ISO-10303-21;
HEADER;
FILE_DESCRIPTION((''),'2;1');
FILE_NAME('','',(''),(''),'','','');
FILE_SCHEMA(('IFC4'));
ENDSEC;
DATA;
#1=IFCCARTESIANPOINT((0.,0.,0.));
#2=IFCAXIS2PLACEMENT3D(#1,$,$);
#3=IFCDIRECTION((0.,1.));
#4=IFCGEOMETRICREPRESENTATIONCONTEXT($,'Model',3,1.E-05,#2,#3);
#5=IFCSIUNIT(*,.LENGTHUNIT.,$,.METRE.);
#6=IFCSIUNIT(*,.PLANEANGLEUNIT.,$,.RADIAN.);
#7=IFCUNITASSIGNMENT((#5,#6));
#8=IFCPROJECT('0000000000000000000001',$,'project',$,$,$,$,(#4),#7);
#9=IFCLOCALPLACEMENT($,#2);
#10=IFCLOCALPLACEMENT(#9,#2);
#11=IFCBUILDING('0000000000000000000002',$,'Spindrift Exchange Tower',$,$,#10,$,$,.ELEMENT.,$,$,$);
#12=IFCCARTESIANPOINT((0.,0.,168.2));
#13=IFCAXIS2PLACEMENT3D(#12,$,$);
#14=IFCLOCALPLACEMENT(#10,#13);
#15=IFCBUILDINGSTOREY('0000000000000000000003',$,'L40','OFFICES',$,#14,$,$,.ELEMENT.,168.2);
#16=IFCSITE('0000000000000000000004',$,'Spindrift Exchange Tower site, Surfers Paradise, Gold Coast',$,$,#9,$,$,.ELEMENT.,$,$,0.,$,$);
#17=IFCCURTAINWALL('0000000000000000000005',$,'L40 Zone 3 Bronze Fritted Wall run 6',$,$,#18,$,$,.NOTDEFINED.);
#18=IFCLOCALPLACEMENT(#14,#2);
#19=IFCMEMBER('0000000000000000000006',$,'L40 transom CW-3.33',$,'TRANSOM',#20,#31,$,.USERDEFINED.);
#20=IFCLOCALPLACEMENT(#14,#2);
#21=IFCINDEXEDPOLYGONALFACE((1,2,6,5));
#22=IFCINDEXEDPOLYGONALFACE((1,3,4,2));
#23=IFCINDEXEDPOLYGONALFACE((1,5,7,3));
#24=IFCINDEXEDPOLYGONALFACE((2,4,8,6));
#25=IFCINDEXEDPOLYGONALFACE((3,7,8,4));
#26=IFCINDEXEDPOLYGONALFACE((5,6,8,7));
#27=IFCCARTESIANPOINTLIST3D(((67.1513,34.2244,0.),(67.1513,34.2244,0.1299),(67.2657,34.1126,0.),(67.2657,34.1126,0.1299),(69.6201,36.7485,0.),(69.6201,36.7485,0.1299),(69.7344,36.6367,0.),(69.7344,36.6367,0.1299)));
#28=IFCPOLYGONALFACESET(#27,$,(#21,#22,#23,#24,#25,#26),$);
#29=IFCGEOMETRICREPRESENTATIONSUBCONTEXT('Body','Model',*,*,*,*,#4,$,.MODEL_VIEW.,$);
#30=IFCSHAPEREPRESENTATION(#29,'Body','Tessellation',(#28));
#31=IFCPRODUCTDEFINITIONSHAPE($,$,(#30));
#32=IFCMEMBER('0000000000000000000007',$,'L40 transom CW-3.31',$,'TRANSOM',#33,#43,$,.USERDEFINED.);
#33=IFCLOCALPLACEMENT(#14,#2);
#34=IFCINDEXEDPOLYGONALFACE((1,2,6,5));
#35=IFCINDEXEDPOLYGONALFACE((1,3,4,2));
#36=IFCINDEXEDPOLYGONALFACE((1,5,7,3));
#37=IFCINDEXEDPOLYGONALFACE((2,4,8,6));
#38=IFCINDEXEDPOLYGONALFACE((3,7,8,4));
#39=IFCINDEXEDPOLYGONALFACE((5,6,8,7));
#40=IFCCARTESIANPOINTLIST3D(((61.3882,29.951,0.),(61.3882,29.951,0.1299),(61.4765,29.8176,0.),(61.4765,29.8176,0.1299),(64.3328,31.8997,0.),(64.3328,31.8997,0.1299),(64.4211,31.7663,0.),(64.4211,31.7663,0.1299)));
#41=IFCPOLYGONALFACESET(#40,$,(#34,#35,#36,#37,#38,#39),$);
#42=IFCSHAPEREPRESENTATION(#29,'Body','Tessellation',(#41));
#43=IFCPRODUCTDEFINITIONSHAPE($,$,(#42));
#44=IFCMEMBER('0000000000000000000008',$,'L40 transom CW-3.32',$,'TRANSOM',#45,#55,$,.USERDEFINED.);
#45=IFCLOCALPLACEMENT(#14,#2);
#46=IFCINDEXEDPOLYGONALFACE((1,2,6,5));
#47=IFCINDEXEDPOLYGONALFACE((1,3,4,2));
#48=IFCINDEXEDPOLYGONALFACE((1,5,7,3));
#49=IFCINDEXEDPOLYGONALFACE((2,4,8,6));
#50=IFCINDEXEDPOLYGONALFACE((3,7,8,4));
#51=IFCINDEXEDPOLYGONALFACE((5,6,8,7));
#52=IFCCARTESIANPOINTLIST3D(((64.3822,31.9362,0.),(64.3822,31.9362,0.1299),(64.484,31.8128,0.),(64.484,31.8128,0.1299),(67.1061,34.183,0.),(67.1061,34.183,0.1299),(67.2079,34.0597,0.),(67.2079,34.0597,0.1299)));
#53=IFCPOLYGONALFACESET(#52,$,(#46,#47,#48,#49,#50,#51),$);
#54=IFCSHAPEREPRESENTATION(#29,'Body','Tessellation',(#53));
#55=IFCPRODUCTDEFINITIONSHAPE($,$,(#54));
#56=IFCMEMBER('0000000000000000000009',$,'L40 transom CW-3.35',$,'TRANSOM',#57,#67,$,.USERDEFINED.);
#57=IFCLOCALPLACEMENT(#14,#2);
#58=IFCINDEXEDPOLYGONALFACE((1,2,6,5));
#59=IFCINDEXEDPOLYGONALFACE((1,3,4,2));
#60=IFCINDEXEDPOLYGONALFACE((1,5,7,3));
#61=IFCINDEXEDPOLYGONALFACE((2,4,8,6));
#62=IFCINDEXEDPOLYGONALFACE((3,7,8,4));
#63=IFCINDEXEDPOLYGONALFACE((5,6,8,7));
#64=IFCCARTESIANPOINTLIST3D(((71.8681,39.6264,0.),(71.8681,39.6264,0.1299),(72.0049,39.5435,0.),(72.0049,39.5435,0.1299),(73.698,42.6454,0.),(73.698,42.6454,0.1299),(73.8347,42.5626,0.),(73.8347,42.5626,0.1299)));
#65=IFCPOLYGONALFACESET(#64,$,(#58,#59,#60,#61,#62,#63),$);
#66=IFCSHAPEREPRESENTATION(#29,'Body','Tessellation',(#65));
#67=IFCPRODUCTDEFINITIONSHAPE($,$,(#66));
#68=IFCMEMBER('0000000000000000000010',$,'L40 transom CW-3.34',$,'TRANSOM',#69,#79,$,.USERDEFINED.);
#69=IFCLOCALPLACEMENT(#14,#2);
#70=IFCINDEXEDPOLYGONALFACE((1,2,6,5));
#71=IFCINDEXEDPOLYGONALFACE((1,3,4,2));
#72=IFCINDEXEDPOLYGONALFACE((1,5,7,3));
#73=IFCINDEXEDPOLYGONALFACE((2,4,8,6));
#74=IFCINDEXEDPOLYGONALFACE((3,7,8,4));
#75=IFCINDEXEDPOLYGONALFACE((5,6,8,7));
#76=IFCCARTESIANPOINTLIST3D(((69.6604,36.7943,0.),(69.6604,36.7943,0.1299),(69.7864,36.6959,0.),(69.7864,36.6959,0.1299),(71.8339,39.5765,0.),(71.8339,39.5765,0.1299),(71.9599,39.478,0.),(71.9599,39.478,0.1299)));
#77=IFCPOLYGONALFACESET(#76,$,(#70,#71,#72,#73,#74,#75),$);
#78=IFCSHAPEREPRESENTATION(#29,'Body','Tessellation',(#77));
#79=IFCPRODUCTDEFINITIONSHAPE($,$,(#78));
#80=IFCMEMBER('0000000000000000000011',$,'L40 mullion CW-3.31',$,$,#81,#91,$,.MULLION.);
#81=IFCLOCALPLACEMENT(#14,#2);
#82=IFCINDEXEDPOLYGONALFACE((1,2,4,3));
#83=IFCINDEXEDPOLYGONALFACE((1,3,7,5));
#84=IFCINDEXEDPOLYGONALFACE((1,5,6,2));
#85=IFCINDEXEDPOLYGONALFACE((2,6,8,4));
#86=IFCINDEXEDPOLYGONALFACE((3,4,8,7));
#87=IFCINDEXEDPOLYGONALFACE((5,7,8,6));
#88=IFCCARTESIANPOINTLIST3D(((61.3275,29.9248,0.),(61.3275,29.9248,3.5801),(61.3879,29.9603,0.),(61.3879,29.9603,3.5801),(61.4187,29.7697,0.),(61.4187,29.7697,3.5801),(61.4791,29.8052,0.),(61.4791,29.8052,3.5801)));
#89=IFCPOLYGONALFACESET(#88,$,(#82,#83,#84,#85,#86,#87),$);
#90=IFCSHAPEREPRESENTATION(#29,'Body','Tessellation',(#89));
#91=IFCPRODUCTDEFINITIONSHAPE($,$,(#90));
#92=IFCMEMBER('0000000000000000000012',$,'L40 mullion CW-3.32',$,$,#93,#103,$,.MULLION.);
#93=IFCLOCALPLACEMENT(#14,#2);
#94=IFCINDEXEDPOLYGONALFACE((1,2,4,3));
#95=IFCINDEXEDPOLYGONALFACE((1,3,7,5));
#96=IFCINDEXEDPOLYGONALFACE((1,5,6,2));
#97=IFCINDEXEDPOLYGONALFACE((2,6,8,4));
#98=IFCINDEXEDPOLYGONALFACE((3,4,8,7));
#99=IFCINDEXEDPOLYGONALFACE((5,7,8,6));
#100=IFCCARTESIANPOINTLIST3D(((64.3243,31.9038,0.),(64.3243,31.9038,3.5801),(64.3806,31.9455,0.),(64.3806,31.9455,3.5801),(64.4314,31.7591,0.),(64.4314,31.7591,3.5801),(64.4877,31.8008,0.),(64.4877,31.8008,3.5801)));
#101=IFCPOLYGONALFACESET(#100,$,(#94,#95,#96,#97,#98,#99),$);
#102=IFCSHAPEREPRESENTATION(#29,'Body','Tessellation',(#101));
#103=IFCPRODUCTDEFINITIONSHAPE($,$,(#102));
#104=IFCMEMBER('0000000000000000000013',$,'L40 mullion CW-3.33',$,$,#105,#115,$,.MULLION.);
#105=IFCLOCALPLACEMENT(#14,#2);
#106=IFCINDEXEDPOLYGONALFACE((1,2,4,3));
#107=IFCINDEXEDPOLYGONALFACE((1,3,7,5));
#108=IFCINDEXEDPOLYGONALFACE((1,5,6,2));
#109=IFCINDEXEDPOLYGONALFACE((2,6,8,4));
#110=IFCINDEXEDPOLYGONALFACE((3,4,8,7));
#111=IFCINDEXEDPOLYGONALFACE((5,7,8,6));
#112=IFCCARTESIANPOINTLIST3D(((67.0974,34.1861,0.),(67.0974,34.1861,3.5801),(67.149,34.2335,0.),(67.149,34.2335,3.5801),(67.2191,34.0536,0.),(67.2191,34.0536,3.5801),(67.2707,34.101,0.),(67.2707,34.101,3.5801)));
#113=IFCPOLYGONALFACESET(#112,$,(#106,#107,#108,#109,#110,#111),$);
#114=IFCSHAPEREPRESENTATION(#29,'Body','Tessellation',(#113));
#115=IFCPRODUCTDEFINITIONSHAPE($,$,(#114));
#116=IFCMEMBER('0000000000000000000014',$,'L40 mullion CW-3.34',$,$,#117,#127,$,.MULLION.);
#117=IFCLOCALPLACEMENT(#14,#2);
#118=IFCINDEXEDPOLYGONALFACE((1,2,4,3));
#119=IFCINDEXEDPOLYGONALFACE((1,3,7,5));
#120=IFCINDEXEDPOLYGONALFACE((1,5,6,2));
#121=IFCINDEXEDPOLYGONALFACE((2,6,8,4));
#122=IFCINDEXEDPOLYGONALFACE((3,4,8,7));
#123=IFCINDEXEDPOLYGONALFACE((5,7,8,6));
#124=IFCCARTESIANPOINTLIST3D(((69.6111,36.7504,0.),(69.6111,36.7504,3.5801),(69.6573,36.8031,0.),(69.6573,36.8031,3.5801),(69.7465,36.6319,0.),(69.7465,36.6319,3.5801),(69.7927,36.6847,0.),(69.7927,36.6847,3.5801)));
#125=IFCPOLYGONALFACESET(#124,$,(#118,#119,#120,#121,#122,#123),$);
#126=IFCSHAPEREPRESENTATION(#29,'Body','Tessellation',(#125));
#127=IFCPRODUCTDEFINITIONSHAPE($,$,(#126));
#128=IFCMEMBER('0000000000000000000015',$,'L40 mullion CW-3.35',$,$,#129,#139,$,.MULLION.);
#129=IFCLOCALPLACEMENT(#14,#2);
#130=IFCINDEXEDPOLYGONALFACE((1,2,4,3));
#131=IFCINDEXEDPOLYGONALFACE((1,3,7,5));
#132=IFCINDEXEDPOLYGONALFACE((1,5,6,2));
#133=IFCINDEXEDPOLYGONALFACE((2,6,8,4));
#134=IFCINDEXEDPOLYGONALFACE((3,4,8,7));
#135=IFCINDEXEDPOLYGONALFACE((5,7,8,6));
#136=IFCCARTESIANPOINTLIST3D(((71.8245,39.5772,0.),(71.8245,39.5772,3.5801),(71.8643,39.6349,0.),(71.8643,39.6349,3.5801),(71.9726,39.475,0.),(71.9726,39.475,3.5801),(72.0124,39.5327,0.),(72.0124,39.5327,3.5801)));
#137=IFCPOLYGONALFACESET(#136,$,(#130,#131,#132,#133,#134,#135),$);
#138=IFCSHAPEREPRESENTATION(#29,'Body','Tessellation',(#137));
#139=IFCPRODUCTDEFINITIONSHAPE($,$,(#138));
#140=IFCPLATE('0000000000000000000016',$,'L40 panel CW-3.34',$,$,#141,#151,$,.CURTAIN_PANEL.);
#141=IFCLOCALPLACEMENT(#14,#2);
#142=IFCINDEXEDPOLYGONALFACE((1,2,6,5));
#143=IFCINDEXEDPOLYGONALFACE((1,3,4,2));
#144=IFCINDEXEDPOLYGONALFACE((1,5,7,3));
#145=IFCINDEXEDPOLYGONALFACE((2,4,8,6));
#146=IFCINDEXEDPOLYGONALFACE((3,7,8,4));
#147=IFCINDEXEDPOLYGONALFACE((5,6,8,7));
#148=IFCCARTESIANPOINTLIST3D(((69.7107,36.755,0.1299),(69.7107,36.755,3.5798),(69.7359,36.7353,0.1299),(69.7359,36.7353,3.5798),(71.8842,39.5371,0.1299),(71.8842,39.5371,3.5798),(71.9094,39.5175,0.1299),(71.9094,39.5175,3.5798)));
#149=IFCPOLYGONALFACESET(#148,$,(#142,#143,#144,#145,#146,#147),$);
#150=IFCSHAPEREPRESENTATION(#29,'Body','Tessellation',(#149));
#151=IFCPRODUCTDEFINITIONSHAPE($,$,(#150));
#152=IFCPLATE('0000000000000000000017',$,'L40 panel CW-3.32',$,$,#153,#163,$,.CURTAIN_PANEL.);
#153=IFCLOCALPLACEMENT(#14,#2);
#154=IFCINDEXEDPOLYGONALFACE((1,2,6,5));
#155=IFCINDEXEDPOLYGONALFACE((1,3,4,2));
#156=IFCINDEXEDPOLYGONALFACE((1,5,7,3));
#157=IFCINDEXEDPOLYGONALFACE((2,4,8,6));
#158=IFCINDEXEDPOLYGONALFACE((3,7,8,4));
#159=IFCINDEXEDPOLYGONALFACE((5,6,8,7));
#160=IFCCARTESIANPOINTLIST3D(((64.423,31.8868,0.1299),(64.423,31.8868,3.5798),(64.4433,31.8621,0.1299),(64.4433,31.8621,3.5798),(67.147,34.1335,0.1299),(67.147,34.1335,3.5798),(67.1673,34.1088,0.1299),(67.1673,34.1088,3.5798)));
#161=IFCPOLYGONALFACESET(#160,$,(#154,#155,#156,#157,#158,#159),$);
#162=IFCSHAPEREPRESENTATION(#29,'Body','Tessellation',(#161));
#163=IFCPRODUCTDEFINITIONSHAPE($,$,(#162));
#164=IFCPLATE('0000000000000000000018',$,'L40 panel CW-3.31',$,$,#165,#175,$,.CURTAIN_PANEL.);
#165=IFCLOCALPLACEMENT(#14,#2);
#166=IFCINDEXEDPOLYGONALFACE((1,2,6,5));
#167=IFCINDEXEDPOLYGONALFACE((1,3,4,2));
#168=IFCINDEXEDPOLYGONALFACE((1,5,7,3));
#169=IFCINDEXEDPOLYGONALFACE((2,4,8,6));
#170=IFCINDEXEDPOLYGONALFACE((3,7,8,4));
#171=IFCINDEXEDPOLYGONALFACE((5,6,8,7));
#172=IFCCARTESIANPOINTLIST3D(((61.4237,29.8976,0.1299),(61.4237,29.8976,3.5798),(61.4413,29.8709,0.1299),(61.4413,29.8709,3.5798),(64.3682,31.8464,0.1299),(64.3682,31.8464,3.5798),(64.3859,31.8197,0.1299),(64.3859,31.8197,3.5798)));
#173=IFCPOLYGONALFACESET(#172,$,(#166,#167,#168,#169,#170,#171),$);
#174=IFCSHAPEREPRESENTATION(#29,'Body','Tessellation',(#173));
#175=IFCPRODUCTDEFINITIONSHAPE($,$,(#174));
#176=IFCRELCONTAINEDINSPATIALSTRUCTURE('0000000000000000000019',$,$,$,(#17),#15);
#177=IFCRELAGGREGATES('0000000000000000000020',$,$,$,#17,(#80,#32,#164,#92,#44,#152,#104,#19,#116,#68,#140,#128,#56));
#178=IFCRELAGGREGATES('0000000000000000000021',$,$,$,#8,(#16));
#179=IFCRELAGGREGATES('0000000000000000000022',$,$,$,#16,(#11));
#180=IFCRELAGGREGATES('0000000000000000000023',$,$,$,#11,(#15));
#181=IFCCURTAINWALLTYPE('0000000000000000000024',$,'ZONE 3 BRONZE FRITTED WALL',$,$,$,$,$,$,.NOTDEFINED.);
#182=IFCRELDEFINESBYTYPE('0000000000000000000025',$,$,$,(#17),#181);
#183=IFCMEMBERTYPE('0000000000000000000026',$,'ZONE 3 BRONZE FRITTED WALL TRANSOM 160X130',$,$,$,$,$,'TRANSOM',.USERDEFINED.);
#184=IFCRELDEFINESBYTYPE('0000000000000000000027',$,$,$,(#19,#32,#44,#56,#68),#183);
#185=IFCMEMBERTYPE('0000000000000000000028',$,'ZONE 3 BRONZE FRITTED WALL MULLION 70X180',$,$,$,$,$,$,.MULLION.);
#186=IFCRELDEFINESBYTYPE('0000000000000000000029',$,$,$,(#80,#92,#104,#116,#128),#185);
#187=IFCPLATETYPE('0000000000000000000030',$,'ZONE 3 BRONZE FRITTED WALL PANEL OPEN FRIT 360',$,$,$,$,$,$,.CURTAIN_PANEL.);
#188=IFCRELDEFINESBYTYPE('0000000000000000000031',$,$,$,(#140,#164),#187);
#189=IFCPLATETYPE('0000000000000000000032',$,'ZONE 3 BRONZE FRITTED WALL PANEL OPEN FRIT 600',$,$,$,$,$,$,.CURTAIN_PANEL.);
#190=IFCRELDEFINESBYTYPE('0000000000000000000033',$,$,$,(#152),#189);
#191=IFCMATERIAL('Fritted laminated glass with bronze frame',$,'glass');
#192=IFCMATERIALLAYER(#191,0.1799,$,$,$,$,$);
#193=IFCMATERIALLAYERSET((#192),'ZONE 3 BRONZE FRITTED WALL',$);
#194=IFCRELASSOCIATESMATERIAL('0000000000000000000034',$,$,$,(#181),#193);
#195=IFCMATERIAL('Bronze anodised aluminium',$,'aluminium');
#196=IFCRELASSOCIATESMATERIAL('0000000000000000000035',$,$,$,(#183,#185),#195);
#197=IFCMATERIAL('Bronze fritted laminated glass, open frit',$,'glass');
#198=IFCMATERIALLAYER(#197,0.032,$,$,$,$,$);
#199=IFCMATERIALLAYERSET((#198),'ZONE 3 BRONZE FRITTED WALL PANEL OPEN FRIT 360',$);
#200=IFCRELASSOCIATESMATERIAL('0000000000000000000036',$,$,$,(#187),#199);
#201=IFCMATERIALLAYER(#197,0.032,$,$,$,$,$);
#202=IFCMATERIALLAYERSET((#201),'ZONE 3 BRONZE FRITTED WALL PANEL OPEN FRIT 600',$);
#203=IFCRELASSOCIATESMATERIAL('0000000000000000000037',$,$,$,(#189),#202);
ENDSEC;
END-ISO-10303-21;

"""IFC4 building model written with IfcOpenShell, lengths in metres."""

from ifc_helpers import new_model, si_unit, direction, frame, origin, origin_2d, place, context, subcontext, project, spatial, rectangle, extrude, source, transform, mapped, material, layer, layer_set, material_profile, profile_set, type_object, element, aggregate, save


model = new_model("IFC4")

# Units and contexts
model_context = context("Model", 3, precision=1e-05, world=origin(), true_north=direction((0.0, 1.0)))
body_context = subcontext(model_context, "Body", "Model", "MODEL_VIEW")
ifc_project = project(units=[si_unit("LENGTHUNIT", "METRE"), si_unit("PLANEANGLEUNIT", "RADIAN")], contexts=[model_context])

# Site, building, storey
site_placement = place(None, origin())
site = spatial("IfcSite", under=ifc_project, at=site_placement, Name="Spindrift Exchange Tower site, Surfers Paradise, Gold Coast", CompositionType="ELEMENT", RefElevation=0.0)
building_placement = place(site_placement, origin())
building = spatial("IfcBuilding", under=site, at=building_placement, Name="Spindrift Exchange Tower", CompositionType="ELEMENT")
storey_placement = place(building_placement, frame((0.0, 0.0, 168.2)))
storey = spatial("IfcBuildingStorey", under=building, at=storey_placement, Name="L40", Description="OFFICES", CompositionType="ELEMENT", Elevation=168.2)

# Curtain wall, members, plates
ifc_material_1 = material(Name="Fritted laminated glass with bronze frame", Category="glass")
ifc_layer_1 = layer(ifc_material_1, 0.1799)
ifc_layer_set_1 = layer_set([ifc_layer_1], Name="ZONE 3 BRONZE FRITTED WALL")
curtain_wall_type = type_object("IfcCurtainWallType", Name="ZONE 3 BRONZE FRITTED WALL", PredefinedType="NOTDEFINED", material=ifc_layer_set_1)
curtain_wall_placement = place(storey_placement, origin())
curtain_wall = element("IfcCurtainWall", 1, at=curtain_wall_placement, inside=storey, type_object=curtain_wall_type, Name="L40 Zone 3 Bronze Fritted Wall run 6", PredefinedType="NOTDEFINED")
ifc_material_2 = material(Name="Bronze anodised aluminium", Category="aluminium")
ifc_material_profile_1 = material_profile(ifc_material_2, rectangle(XDim=0.1599, YDim=0.1299, at=origin_2d()), Name="ZONE 3 BRONZE FRITTED WALL TRANSOM 160X130")
ifc_profile_set_1 = profile_set([ifc_material_profile_1], Name="Bronze anodised aluminium")
member_type_1 = type_object("IfcMemberType", Name="ZONE 3 BRONZE FRITTED WALL TRANSOM 160X130", ElementType="TRANSOM", PredefinedType="USERDEFINED", material=ifc_profile_set_1)
shared_shape_1 = source(origin(), body_context, "Body", "SweptSolid", [
    extrude(rectangle(XDim=0.1599, YDim=0.1299, at=origin_2d()), origin(), (0.0, 0.0, 1.0), 3.5308),
])
member_1_placement = place(storey_placement, frame((67.2085, 34.1685, 0.0649), z_axis=(0.699215, 0.714911, 0.0), x_axis=(-0.714911, 0.699215, 0.0)))
member_1 = element("IfcMember", 2, at=member_1_placement, type_object=member_type_1, Name="L40 transom CW-3.33", ObjectType="TRANSOM", PredefinedType="USERDEFINED", context=body_context, shape_type="MappedRepresentation", body=[
    mapped(shared_shape_1, transform((0.0, 0.0, 0.0), scale=1.0)),
])
shared_shape_2 = source(origin(), body_context, "Body", "SweptSolid", [
    extrude(rectangle(XDim=0.1599, YDim=0.1299, at=origin_2d()), origin(), (0.0, 0.0, 1.0), 3.531),
])
member_2_placement = place(storey_placement, frame((61.4324, 29.8843, 0.0649), z_axis=(0.833918, 0.551889, 0.0), x_axis=(-0.551889, 0.833918, 0.0)))
member_2 = element("IfcMember", 3, at=member_2_placement, type_object=member_type_1, Name="L40 transom CW-3.31", ObjectType="TRANSOM", PredefinedType="USERDEFINED", context=body_context, shape_type="MappedRepresentation", body=[
    mapped(shared_shape_2, transform((0.0, 0.0, 0.0), scale=1.0)),
])
member_3_placement = place(storey_placement, frame((64.4331, 31.8745, 0.0649), z_axis=(0.771425, 0.63632, 0.0), x_axis=(-0.63632, 0.771425, 0.0)))
member_3 = element("IfcMember", 4, at=member_3_placement, type_object=member_type_1, Name="L40 transom CW-3.32", ObjectType="TRANSOM", PredefinedType="USERDEFINED", context=body_context, shape_type="MappedRepresentation", body=[
    mapped(shared_shape_2, transform((0.0, 0.0, 0.0), scale=1.0)),
])
shared_shape_3 = source(origin(), body_context, "Body", "SweptSolid", [
    extrude(rectangle(XDim=0.1599, YDim=0.1299, at=origin_2d()), origin(), (0.0, 0.0, 1.0), 3.5303),
])
member_4_placement = place(storey_placement, frame((71.9365, 39.585, 0.0649), z_axis=(0.518325, 0.855184, 0.0), x_axis=(-0.855184, 0.518325, 0.0)))
member_4 = element("IfcMember", 5, at=member_4_placement, type_object=member_type_1, Name="L40 transom CW-3.35", ObjectType="TRANSOM", PredefinedType="USERDEFINED", context=body_context, shape_type="MappedRepresentation", body=[
    mapped(shared_shape_3, transform((0.0, 0.0, 0.0), scale=1.0)),
])
shared_shape_4 = source(origin(), body_context, "Body", "SweptSolid", [
    extrude(rectangle(XDim=0.1599, YDim=0.1299, at=origin_2d()), origin(), (0.0, 0.0, 1.0), 3.5305),
])
member_5_placement = place(storey_placement, frame((69.7234, 36.7451, 0.0649), z_axis=(0.615639, 0.788029, 0.0), x_axis=(-0.788029, 0.615639, 0.0)))
member_5 = element("IfcMember", 6, at=member_5_placement, type_object=member_type_1, Name="L40 transom CW-3.34", ObjectType="TRANSOM", PredefinedType="USERDEFINED", context=body_context, shape_type="MappedRepresentation", body=[
    mapped(shared_shape_4, transform((0.0, 0.0, 0.0), scale=1.0)),
])
ifc_material_profile_2 = material_profile(ifc_material_2, rectangle(XDim=0.0701, YDim=0.1799, at=origin_2d()), Name="ZONE 3 BRONZE FRITTED WALL MULLION 70X180")
ifc_profile_set_2 = profile_set([ifc_material_profile_2], Name="Bronze anodised aluminium")
member_type_2 = type_object("IfcMemberType", Name="ZONE 3 BRONZE FRITTED WALL MULLION 70X180", PredefinedType="MULLION", material=ifc_profile_set_2)
shared_shape_5 = source(origin(), body_context, "Body", "SweptSolid", [
    extrude(rectangle(XDim=0.0701, YDim=0.1799, at=origin_2d()), origin(), (0.0, 0.0, 1.0), 3.5801),
])
member_6_placement = place(storey_placement, frame((61.4033, 29.865, 0.0), z_axis=(0.0, 0.0, 1.0), x_axis=(0.861871, 0.507128, 0.0)))
member_6 = element("IfcMember", 7, at=member_6_placement, type_object=member_type_2, Name="L40 mullion CW-3.31", PredefinedType="MULLION", context=body_context, shape_type="MappedRepresentation", body=[
    mapped(shared_shape_5, transform((0.0, 0.0, 0.0), scale=1.0)),
])
member_7_placement = place(storey_placement, frame((64.406, 31.8523, 0.0), z_axis=(0.0, 0.0, 1.0), x_axis=(0.80379, 0.594913, 0.0)))
member_7 = element("IfcMember", 8, at=member_7_placement, type_object=member_type_2, Name="L40 mullion CW-3.32", PredefinedType="MULLION", context=body_context, shape_type="MappedRepresentation", body=[
    mapped(shared_shape_5, transform((0.0, 0.0, 0.0), scale=1.0)),
])
member_8_placement = place(storey_placement, frame((67.1841, 34.1436, 0.0), z_axis=(0.0, 0.0, 1.0), x_axis=(0.736397, 0.676549, 0.0)))
member_8 = element("IfcMember", 9, at=member_8_placement, type_object=member_type_2, Name="L40 mullion CW-3.33", PredefinedType="MULLION", context=body_context, shape_type="MappedRepresentation", body=[
    mapped(shared_shape_5, transform((0.0, 0.0, 0.0), scale=1.0)),
])
member_9_placement = place(storey_placement, frame((69.7019, 36.7175, 0.0), z_axis=(0.0, 0.0, 1.0), x_axis=(0.65846, 0.752616, 0.0)))
member_9 = element("IfcMember", 10, at=member_9_placement, type_object=member_type_2, Name="L40 mullion CW-3.34", PredefinedType="MULLION", context=body_context, shape_type="MappedRepresentation", body=[
    mapped(shared_shape_5, transform((0.0, 0.0, 0.0), scale=1.0)),
])
member_10_placement = place(storey_placement, frame((71.9185, 39.5549, 0.0), z_axis=(0.0, 0.0, 1.0), x_axis=(0.567959, 0.823057, 0.0)))
member_10 = element("IfcMember", 11, at=member_10_placement, type_object=member_type_2, Name="L40 mullion CW-3.35", PredefinedType="MULLION", context=body_context, shape_type="MappedRepresentation", body=[
    mapped(shared_shape_5, transform((0.0, 0.0, 0.0), scale=1.0)),
])
ifc_material_3 = material(Name="Bronze fritted laminated glass, open frit", Category="glass")
ifc_layer_2 = layer(ifc_material_3, 0.032)
ifc_layer_set_2 = layer_set([ifc_layer_2], Name="ZONE 3 BRONZE FRITTED WALL PANEL OPEN FRIT 360")
plate_type_1 = type_object("IfcPlateType", Name="ZONE 3 BRONZE FRITTED WALL PANEL OPEN FRIT 360", PredefinedType="CURTAIN_PANEL", material=ifc_layer_set_2)
shared_shape_6 = source(origin(), body_context, "Body", "SweptSolid", [
    extrude(rectangle(XDim=3.5305, YDim=0.032, at=origin_2d()), origin(), (0.0, 0.0, 1.0), 3.45),
])
plate_1_placement = place(storey_placement, frame((70.8101, 38.1362, 0.1299), z_axis=(0.0, 0.0, 1.0), x_axis=(0.615641, 0.788027, 0.0)))
plate_1 = element("IfcPlate", 12, at=plate_1_placement, type_object=plate_type_1, Name="L40 panel CW-3.34", PredefinedType="CURTAIN_PANEL", context=body_context, shape_type="MappedRepresentation", body=[
    mapped(shared_shape_6, transform((0.0, 0.0, 0.0), scale=1.0)),
])
ifc_layer_3 = layer(ifc_material_3, 0.032)
ifc_layer_set_3 = layer_set([ifc_layer_3], Name="ZONE 3 BRONZE FRITTED WALL PANEL OPEN FRIT 600")
plate_type_2 = type_object("IfcPlateType", Name="ZONE 3 BRONZE FRITTED WALL PANEL OPEN FRIT 600", PredefinedType="CURTAIN_PANEL", material=ifc_layer_set_3)
shared_shape_7 = source(origin(), body_context, "Body", "SweptSolid", [
    extrude(rectangle(XDim=3.531, YDim=0.032, at=origin_2d()), origin(), (0.0, 0.0, 1.0), 3.45),
])
plate_2_placement = place(storey_placement, frame((65.7952, 32.9978, 0.1299), z_axis=(0.0, 0.0, 1.0), x_axis=(0.77145, 0.63629, 0.0)))
plate_2 = element("IfcPlate", 13, at=plate_2_placement, type_object=plate_type_2, Name="L40 panel CW-3.32", PredefinedType="CURTAIN_PANEL", context=body_context, shape_type="MappedRepresentation", body=[
    mapped(shared_shape_7, transform((0.0, 0.0, 0.0), scale=1.0)),
])
shared_shape_8 = source(origin(), body_context, "Body", "SweptSolid", [
    extrude(rectangle(XDim=3.531, YDim=0.032, at=origin_2d()), origin(), (0.0, 0.0, 1.0), 3.45),
])
plate_3_placement = place(storey_placement, frame((62.9048, 30.8586, 0.1299), z_axis=(0.0, 0.0, 1.0), x_axis=(0.833913, 0.551896, 0.0)))
plate_3 = element("IfcPlate", 14, at=plate_3_placement, type_object=plate_type_1, Name="L40 panel CW-3.31", PredefinedType="CURTAIN_PANEL", context=body_context, shape_type="MappedRepresentation", body=[
    mapped(shared_shape_8, transform((0.0, 0.0, 0.0), scale=1.0)),
])
aggregate(curtain_wall, [member_6, member_2, plate_3, member_7, member_3, plate_2, member_8, member_1, member_9, member_5, plate_1, member_10, member_4])

save(model, "model.ifc")
